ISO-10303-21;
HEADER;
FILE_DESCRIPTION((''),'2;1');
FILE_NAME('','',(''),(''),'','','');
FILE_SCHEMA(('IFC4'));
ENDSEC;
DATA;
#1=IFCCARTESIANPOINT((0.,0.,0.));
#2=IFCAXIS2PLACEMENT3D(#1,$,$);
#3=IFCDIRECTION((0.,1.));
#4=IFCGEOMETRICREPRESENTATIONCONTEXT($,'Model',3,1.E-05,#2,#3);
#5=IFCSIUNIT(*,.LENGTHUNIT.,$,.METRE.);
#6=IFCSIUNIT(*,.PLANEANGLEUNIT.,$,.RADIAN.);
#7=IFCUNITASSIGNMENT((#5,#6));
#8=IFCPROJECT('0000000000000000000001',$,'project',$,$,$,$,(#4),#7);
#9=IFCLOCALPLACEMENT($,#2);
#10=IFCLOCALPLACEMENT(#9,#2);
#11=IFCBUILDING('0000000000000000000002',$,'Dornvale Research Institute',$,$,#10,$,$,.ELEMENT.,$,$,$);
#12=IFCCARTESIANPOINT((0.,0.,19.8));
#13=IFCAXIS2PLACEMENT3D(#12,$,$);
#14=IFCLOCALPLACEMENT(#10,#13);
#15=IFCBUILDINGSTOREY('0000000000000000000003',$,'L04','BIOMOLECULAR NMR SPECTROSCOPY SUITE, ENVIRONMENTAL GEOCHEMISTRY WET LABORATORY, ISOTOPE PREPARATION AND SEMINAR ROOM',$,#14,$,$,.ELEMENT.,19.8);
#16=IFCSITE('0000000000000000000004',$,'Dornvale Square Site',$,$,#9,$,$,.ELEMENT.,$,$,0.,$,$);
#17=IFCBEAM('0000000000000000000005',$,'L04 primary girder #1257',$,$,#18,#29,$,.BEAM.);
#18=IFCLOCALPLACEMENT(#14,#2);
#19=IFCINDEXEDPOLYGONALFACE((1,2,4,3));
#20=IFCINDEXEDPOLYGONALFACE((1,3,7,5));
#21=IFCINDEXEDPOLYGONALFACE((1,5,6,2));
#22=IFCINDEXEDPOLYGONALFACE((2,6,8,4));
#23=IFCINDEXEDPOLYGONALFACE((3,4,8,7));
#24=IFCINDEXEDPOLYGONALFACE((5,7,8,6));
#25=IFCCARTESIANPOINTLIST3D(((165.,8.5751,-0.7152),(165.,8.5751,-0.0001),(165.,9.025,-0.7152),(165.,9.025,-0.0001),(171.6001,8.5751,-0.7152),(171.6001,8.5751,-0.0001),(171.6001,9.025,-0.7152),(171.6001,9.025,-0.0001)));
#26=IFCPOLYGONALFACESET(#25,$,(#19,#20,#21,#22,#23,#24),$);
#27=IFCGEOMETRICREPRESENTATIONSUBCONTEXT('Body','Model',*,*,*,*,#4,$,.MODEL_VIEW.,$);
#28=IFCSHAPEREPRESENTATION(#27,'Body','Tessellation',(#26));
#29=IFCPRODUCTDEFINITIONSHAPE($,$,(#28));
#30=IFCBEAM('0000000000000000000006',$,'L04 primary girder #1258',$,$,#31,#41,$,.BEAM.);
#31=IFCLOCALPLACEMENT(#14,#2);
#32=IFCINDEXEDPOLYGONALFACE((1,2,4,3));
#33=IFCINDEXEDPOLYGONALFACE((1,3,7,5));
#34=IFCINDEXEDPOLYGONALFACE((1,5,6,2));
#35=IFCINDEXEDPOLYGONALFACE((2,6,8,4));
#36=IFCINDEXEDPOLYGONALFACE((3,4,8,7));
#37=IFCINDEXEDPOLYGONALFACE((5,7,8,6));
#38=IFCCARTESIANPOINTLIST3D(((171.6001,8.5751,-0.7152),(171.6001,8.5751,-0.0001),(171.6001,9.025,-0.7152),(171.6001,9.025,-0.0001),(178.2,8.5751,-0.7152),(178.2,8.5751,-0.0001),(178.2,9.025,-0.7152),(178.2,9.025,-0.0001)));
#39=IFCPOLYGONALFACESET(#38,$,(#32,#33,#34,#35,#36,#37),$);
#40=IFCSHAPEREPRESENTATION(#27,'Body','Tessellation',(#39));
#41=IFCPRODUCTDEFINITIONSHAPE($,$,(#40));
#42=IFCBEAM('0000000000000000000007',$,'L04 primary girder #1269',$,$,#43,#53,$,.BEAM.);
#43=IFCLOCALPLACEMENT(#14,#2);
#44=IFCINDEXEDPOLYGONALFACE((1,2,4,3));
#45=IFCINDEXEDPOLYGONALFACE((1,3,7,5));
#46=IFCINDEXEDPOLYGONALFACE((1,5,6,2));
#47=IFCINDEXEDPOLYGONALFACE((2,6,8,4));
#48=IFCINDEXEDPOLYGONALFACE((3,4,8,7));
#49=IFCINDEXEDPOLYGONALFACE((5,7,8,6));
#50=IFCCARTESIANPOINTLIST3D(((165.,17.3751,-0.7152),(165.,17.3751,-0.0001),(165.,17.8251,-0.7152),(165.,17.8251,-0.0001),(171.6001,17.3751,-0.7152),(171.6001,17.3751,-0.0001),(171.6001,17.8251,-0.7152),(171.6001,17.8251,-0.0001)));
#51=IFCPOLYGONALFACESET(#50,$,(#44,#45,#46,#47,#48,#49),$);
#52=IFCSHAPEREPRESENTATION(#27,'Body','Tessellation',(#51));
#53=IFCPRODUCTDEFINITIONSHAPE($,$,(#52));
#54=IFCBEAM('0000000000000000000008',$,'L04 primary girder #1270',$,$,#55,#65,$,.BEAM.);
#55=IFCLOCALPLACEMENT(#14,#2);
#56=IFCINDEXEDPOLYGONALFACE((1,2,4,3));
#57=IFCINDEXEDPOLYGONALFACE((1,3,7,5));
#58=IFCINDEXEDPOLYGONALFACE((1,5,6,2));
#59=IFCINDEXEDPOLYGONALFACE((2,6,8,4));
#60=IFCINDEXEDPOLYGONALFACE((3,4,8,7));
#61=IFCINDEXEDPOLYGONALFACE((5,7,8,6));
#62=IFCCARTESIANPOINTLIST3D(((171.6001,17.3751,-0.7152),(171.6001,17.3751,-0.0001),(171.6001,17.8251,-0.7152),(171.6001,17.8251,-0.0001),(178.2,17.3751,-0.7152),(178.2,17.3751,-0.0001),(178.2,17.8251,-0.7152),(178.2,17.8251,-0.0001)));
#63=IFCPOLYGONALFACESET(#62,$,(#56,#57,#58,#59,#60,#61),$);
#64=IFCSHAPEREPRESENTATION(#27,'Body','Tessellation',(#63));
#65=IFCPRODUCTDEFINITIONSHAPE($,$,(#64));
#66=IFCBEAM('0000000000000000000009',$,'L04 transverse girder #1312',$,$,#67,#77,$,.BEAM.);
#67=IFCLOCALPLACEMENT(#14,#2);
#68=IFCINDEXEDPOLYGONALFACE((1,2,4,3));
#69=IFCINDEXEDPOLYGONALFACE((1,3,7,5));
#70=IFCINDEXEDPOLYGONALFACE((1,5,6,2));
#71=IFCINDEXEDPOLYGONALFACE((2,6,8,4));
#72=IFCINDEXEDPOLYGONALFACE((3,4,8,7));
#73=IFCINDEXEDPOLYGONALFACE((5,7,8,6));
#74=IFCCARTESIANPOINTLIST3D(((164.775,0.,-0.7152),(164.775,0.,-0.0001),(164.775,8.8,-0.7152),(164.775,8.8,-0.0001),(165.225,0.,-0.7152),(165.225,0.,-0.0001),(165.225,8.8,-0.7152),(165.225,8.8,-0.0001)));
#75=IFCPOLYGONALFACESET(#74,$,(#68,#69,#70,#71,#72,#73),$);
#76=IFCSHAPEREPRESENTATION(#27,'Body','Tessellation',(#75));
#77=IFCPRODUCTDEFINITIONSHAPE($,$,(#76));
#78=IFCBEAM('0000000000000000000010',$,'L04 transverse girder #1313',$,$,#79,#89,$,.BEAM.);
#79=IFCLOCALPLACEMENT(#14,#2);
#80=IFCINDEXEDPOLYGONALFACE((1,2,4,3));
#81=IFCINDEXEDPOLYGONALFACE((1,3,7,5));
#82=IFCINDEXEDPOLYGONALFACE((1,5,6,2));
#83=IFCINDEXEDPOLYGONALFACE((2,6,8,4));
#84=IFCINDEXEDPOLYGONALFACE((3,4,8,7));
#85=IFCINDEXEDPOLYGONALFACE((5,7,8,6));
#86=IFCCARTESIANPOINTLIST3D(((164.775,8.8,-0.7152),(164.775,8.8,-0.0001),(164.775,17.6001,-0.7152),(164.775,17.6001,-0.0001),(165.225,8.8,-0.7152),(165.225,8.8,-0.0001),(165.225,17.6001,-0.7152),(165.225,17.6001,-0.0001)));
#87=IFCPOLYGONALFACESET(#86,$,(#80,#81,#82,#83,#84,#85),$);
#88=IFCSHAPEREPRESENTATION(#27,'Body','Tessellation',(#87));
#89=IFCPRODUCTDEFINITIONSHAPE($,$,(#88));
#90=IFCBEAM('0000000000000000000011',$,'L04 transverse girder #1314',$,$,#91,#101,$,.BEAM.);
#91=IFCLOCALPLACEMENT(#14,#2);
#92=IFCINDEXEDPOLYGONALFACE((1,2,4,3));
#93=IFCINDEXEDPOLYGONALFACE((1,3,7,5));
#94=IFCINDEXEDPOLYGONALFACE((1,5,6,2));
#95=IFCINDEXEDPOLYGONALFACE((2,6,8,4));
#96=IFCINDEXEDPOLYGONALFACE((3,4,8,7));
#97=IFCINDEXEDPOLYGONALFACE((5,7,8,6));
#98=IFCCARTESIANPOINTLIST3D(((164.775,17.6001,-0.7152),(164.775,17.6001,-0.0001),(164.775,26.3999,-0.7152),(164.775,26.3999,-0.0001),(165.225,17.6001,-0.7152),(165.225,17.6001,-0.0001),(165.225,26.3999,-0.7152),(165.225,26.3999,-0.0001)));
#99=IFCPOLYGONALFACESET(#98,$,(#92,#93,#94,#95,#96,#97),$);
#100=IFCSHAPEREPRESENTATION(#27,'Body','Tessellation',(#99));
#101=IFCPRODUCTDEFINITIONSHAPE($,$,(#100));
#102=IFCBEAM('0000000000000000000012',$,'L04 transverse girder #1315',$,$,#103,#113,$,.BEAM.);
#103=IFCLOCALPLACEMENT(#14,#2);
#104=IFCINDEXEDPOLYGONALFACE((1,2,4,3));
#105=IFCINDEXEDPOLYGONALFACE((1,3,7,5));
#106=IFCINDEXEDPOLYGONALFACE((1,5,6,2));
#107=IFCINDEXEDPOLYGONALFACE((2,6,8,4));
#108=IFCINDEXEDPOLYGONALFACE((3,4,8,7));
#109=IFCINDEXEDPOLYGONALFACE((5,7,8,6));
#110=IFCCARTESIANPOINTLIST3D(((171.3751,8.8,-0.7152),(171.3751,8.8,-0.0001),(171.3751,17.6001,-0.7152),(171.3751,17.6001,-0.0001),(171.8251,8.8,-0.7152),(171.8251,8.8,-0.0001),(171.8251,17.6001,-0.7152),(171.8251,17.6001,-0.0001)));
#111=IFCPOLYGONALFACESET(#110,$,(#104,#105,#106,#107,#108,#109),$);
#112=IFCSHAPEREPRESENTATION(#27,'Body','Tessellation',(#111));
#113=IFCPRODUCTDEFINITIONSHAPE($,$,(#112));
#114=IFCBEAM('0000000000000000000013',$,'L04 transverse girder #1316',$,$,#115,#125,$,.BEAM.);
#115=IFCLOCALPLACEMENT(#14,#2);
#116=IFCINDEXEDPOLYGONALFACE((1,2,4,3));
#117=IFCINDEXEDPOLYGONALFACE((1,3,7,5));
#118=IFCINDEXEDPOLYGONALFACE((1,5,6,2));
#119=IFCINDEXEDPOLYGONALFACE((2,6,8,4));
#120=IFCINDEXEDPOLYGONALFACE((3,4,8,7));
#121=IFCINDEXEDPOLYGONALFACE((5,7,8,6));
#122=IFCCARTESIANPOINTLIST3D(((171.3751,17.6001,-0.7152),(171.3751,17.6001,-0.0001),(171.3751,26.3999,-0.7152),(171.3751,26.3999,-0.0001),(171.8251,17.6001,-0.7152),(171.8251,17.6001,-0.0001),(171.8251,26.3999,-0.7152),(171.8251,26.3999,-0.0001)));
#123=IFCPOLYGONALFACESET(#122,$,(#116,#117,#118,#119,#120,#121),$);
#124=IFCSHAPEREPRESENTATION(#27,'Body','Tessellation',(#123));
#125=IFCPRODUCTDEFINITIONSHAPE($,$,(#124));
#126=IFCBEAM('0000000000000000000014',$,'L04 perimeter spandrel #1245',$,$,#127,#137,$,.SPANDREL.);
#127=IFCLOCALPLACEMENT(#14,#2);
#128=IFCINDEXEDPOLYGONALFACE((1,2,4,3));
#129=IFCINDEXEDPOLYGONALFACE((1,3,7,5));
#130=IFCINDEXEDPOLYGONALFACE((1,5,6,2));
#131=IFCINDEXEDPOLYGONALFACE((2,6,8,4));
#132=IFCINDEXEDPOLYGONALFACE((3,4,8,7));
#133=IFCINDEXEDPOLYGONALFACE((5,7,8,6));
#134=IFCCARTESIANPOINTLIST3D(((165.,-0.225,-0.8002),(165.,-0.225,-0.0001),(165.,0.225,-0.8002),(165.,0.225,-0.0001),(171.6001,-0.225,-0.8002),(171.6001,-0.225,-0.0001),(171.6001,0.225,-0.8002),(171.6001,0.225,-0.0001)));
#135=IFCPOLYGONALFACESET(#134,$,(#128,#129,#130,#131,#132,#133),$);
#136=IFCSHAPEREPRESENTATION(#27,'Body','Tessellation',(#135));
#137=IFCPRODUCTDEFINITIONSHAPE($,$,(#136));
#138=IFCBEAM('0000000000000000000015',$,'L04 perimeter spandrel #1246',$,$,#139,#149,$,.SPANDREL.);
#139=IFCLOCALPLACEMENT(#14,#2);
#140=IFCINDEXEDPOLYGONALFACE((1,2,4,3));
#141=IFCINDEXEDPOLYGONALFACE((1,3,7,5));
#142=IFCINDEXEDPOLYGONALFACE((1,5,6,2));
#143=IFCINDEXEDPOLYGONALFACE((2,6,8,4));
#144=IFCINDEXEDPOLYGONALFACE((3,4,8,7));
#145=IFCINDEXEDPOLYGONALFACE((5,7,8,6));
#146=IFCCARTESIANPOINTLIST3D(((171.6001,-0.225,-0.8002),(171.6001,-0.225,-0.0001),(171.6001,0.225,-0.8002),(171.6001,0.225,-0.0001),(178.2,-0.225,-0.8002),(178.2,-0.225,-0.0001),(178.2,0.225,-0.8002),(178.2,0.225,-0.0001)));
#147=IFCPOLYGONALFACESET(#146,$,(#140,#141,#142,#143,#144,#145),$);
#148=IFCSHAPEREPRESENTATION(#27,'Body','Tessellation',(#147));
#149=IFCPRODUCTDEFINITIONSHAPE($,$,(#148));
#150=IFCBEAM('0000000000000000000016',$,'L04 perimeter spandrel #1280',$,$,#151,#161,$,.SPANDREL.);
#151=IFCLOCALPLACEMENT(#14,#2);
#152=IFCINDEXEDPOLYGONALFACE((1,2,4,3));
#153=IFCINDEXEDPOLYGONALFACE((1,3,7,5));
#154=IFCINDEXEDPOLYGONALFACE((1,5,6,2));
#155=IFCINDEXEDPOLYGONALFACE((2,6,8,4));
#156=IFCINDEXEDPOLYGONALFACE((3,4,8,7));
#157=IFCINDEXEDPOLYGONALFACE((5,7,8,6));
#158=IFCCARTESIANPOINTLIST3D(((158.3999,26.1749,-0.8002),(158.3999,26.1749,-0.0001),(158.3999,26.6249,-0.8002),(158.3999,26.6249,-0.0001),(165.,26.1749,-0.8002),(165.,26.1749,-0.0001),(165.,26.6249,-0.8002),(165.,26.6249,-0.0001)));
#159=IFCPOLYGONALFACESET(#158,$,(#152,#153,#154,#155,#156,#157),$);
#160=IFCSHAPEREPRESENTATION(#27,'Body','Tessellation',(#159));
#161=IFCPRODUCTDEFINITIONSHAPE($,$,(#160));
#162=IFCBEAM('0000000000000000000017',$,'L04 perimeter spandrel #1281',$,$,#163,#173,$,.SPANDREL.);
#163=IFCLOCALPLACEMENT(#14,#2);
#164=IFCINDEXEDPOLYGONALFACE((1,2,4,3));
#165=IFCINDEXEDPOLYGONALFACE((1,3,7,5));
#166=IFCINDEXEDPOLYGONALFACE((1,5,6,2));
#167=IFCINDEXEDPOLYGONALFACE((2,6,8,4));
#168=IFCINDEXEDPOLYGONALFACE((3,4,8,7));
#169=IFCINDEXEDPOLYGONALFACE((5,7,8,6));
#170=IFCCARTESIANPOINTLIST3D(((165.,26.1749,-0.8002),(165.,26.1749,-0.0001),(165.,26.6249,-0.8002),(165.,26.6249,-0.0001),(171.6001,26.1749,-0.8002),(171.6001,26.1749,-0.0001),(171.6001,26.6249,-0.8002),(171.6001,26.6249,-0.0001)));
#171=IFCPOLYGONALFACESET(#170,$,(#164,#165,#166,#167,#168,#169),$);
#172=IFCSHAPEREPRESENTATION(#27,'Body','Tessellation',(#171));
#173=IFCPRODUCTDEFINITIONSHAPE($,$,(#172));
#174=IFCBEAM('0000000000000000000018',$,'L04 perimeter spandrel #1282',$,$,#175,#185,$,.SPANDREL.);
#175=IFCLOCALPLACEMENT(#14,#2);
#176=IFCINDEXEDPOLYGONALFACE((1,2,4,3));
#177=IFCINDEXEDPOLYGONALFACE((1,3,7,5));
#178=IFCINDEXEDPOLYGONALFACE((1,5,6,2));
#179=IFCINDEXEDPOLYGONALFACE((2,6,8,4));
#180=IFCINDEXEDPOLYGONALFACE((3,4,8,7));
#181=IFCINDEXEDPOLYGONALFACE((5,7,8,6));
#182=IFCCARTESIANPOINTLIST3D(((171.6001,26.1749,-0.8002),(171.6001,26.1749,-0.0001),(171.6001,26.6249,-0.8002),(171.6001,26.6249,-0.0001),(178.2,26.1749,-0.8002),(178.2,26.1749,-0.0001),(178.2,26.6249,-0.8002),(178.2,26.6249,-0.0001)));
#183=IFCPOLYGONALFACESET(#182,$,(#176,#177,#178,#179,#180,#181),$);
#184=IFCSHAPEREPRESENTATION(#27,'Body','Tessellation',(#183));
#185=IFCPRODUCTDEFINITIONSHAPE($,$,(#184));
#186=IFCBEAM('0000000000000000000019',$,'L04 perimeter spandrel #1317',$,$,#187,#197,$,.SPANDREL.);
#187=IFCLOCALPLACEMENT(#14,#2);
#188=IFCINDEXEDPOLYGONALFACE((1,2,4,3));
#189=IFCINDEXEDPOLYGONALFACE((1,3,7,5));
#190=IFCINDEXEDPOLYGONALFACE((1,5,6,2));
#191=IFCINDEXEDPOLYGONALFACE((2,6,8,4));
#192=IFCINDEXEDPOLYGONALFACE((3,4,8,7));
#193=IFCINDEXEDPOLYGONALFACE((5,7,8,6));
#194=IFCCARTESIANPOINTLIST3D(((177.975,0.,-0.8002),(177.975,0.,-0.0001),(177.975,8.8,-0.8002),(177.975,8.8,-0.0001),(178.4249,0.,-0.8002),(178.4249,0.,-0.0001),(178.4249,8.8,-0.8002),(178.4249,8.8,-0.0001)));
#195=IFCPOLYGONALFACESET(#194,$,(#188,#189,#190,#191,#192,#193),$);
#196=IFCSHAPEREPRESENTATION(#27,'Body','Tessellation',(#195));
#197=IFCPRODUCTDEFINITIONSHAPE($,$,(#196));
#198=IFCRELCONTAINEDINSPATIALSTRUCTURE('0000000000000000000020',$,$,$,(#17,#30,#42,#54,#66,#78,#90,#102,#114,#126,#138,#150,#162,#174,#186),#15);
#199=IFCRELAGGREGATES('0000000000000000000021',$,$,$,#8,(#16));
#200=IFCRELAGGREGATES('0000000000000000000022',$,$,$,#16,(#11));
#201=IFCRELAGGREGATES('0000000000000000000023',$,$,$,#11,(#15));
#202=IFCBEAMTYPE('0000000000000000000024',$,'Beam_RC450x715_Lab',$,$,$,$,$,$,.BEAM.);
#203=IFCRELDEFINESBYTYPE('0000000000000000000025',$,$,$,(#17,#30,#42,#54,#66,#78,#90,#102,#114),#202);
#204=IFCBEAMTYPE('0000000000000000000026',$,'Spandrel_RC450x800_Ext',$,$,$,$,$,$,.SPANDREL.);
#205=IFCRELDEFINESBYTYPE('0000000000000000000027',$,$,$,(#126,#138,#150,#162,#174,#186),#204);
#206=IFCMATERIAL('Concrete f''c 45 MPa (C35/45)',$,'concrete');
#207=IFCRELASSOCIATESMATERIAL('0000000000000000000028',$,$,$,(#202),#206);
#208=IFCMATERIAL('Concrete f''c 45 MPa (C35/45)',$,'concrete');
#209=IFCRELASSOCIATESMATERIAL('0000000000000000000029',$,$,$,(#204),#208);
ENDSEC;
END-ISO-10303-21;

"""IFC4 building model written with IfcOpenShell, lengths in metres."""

from ifc_helpers import new_model, si_unit, direction, frame, origin, origin_2d, place, context, subcontext, project, spatial, rectangle, extrude, material, material_profile, profile_set, type_object, element, save


model = new_model("IFC4")

# Units and contexts
model_context = context("Model", 3, precision=1e-05, world=origin(), true_north=direction((0.0, 1.0)))
body_context = subcontext(model_context, "Body", "Model", "MODEL_VIEW")
ifc_project = project(units=[si_unit("LENGTHUNIT", "METRE"), si_unit("PLANEANGLEUNIT", "RADIAN")], contexts=[model_context])

# Site, building, storey
site_placement = place(None, origin())
site = spatial("IfcSite", under=ifc_project, at=site_placement, Name="Dornvale Square Site", CompositionType="ELEMENT", RefElevation=0.0)
building_placement = place(site_placement, origin())
building = spatial("IfcBuilding", under=site, at=building_placement, Name="Dornvale Research Institute", CompositionType="ELEMENT")
storey_placement = place(building_placement, frame((0.0, 0.0, 19.8)))
storey = spatial("IfcBuildingStorey", under=building, at=storey_placement, Name="L04", Description="BIOMOLECULAR NMR SPECTROSCOPY SUITE, ENVIRONMENTAL GEOCHEMISTRY WET LABORATORY, ISOTOPE PREPARATION AND SEMINAR ROOM", CompositionType="ELEMENT", Elevation=19.8)

# Beams
ifc_material_1 = material(Name="Concrete f'c 45 MPa (C35/45)", Category="concrete")
ifc_material_profile_1 = material_profile(ifc_material_1, rectangle(XDim=0.45, YDim=0.7151, at=origin_2d()), Name="RC 450x715")
ifc_profile_set_1 = profile_set([ifc_material_profile_1], Name="Concrete f'c 45 MPa (C35/45)")
beam_type_1 = type_object("IfcBeamType", Name="Beam_RC450x715_Lab", PredefinedType="BEAM", material=ifc_profile_set_1)
beam_1_placement = place(storey_placement, frame((165.0, 8.8, -0.3577), z_axis=(1.0, 0.0, 0.0), x_axis=(0.0, 1.0, 0.0)))
element("IfcBeam", 1, at=beam_1_placement, inside=storey, type_object=beam_type_1, Name="L04 primary girder #1257", PredefinedType="BEAM", context=body_context, shape_type="SweptSolid", body=[
    extrude(rectangle(XDim=0.45, YDim=0.7151, at=origin_2d()), origin(), (0.0, 0.0, 1.0), 6.6001),
])
beam_2_placement = place(storey_placement, frame((171.6001, 8.8, -0.3577), z_axis=(1.0, 0.0, 0.0), x_axis=(0.0, 1.0, 0.0)))
element("IfcBeam", 2, at=beam_2_placement, inside=storey, type_object=beam_type_1, Name="L04 primary girder #1258", PredefinedType="BEAM", context=body_context, shape_type="SweptSolid", body=[
    extrude(rectangle(XDim=0.45, YDim=0.7151, at=origin_2d()), origin(), (0.0, 0.0, 1.0), 6.5999),
])
beam_3_placement = place(storey_placement, frame((165.0, 17.6001, -0.3577), z_axis=(1.0, 0.0, 0.0), x_axis=(0.0, 1.0, 0.0)))
element("IfcBeam", 3, at=beam_3_placement, inside=storey, type_object=beam_type_1, Name="L04 primary girder #1269", PredefinedType="BEAM", context=body_context, shape_type="SweptSolid", body=[
    extrude(rectangle(XDim=0.45, YDim=0.7151, at=origin_2d()), origin(), (0.0, 0.0, 1.0), 6.6001),
])
beam_4_placement = place(storey_placement, frame((171.6001, 17.6001, -0.3577), z_axis=(1.0, 0.0, 0.0), x_axis=(0.0, 1.0, 0.0)))
element("IfcBeam", 4, at=beam_4_placement, inside=storey, type_object=beam_type_1, Name="L04 primary girder #1270", PredefinedType="BEAM", context=body_context, shape_type="SweptSolid", body=[
    extrude(rectangle(XDim=0.45, YDim=0.7151, at=origin_2d()), origin(), (0.0, 0.0, 1.0), 6.5999),
])
for number, where, z_axis, x_axis, name in (
    (5, (165.0, 0.0, -0.3577), (0.0, 1.0, 0.0), (-1.0, 0.0, 0.0), "L04 transverse girder #1312"),
    (6, (165.0, 8.8, -0.3577), (0.0, 1.0, 0.0), (-1.0, 0.0, 0.0), "L04 transverse girder #1313"),
):
    element("IfcBeam", number, at=place(storey_placement, frame(where, z_axis=z_axis, x_axis=x_axis)), inside=storey, type_object=beam_type_1, Name=name, PredefinedType="BEAM", context=body_context, shape_type="SweptSolid", body=[
        extrude(rectangle(XDim=0.45, YDim=0.7151, at=origin_2d()), origin(), (0.0, 0.0, 1.0), 8.8),
    ])
beam_5_placement = place(storey_placement, frame((165.0, 17.6001, -0.3577), z_axis=(0.0, 1.0, 0.0), x_axis=(-1.0, 0.0, 0.0)))
element("IfcBeam", 7, at=beam_5_placement, inside=storey, type_object=beam_type_1, Name="L04 transverse girder #1314", PredefinedType="BEAM", context=body_context, shape_type="SweptSolid", body=[
    extrude(rectangle(XDim=0.45, YDim=0.7151, at=origin_2d()), origin(), (0.0, 0.0, 1.0), 8.7998),
])
beam_6_placement = place(storey_placement, frame((171.6001, 8.8, -0.3577), z_axis=(0.0, 1.0, 0.0), x_axis=(-1.0, 0.0, 0.0)))
element("IfcBeam", 8, at=beam_6_placement, inside=storey, type_object=beam_type_1, Name="L04 transverse girder #1315", PredefinedType="BEAM", context=body_context, shape_type="SweptSolid", body=[
    extrude(rectangle(XDim=0.45, YDim=0.7151, at=origin_2d()), origin(), (0.0, 0.0, 1.0), 8.8),
])
beam_7_placement = place(storey_placement, frame((171.6001, 17.6001, -0.3577), z_axis=(0.0, 1.0, 0.0), x_axis=(-1.0, 0.0, 0.0)))
element("IfcBeam", 9, at=beam_7_placement, inside=storey, type_object=beam_type_1, Name="L04 transverse girder #1316", PredefinedType="BEAM", context=body_context, shape_type="SweptSolid", body=[
    extrude(rectangle(XDim=0.45, YDim=0.7151, at=origin_2d()), origin(), (0.0, 0.0, 1.0), 8.7998),
])
ifc_material_2 = material(Name="Concrete f'c 45 MPa (C35/45)", Category="concrete")
ifc_material_profile_2 = material_profile(ifc_material_2, rectangle(XDim=0.45, YDim=0.8, at=origin_2d()), Name="RC 450x800")
ifc_profile_set_2 = profile_set([ifc_material_profile_2], Name="Concrete f'c 45 MPa (C35/45)")
beam_type_2 = type_object("IfcBeamType", Name="Spandrel_RC450x800_Ext", PredefinedType="SPANDREL", material=ifc_profile_set_2)
beam_8_placement = place(storey_placement, frame((165.0, 0.0, -0.4001), z_axis=(1.0, 0.0, 0.0), x_axis=(0.0, 1.0, 0.0)))
element("IfcBeam", 10, at=beam_8_placement, inside=storey, type_object=beam_type_2, Name="L04 perimeter spandrel #1245", PredefinedType="SPANDREL", context=body_context, shape_type="SweptSolid", body=[
    extrude(rectangle(XDim=0.45, YDim=0.8, at=origin_2d()), origin(), (0.0, 0.0, 1.0), 6.6001),
])
beam_9_placement = place(storey_placement, frame((171.6001, 0.0, -0.4001), z_axis=(1.0, 0.0, 0.0), x_axis=(0.0, 1.0, 0.0)))
element("IfcBeam", 11, at=beam_9_placement, inside=storey, type_object=beam_type_2, Name="L04 perimeter spandrel #1246", PredefinedType="SPANDREL", context=body_context, shape_type="SweptSolid", body=[
    extrude(rectangle(XDim=0.45, YDim=0.8, at=origin_2d()), origin(), (0.0, 0.0, 1.0), 6.5999),
])
for number, where, z_axis, x_axis, name in (
    (12, (158.3999, 26.3999, -0.4001), (1.0, 0.0, 0.0), (0.0, 1.0, 0.0), "L04 perimeter spandrel #1280"),
    (13, (165.0, 26.3999, -0.4001), (1.0, 0.0, 0.0), (0.0, 1.0, 0.0), "L04 perimeter spandrel #1281"),
):
    element("IfcBeam", number, at=place(storey_placement, frame(where, z_axis=z_axis, x_axis=x_axis)), inside=storey, type_object=beam_type_2, Name=name, PredefinedType="SPANDREL", context=body_context, shape_type="SweptSolid", body=[
        extrude(rectangle(XDim=0.45, YDim=0.8, at=origin_2d()), origin(), (0.0, 0.0, 1.0), 6.6001),
    ])
beam_10_placement = place(storey_placement, frame((171.6001, 26.3999, -0.4001), z_axis=(1.0, 0.0, 0.0), x_axis=(0.0, 1.0, 0.0)))
element("IfcBeam", 14, at=beam_10_placement, inside=storey, type_object=beam_type_2, Name="L04 perimeter spandrel #1282", PredefinedType="SPANDREL", context=body_context, shape_type="SweptSolid", body=[
    extrude(rectangle(XDim=0.45, YDim=0.8, at=origin_2d()), origin(), (0.0, 0.0, 1.0), 6.5999),
])
for number, where, z_axis, x_axis, name in (
    (15, (178.2, 0.0, -0.4001), (0.0, 1.0, 0.0), (-1.0, 0.0, 0.0), "L04 perimeter spandrel #1317"),
):
    element("IfcBeam", number, at=place(storey_placement, frame(where, z_axis=z_axis, x_axis=x_axis)), inside=storey, type_object=beam_type_2, Name=name, PredefinedType="SPANDREL", context=body_context, shape_type="SweptSolid", body=[
        extrude(rectangle(XDim=0.45, YDim=0.8, at=origin_2d()), origin(), (0.0, 0.0, 1.0), 8.8),
    ])

save(model, "model.ifc")
